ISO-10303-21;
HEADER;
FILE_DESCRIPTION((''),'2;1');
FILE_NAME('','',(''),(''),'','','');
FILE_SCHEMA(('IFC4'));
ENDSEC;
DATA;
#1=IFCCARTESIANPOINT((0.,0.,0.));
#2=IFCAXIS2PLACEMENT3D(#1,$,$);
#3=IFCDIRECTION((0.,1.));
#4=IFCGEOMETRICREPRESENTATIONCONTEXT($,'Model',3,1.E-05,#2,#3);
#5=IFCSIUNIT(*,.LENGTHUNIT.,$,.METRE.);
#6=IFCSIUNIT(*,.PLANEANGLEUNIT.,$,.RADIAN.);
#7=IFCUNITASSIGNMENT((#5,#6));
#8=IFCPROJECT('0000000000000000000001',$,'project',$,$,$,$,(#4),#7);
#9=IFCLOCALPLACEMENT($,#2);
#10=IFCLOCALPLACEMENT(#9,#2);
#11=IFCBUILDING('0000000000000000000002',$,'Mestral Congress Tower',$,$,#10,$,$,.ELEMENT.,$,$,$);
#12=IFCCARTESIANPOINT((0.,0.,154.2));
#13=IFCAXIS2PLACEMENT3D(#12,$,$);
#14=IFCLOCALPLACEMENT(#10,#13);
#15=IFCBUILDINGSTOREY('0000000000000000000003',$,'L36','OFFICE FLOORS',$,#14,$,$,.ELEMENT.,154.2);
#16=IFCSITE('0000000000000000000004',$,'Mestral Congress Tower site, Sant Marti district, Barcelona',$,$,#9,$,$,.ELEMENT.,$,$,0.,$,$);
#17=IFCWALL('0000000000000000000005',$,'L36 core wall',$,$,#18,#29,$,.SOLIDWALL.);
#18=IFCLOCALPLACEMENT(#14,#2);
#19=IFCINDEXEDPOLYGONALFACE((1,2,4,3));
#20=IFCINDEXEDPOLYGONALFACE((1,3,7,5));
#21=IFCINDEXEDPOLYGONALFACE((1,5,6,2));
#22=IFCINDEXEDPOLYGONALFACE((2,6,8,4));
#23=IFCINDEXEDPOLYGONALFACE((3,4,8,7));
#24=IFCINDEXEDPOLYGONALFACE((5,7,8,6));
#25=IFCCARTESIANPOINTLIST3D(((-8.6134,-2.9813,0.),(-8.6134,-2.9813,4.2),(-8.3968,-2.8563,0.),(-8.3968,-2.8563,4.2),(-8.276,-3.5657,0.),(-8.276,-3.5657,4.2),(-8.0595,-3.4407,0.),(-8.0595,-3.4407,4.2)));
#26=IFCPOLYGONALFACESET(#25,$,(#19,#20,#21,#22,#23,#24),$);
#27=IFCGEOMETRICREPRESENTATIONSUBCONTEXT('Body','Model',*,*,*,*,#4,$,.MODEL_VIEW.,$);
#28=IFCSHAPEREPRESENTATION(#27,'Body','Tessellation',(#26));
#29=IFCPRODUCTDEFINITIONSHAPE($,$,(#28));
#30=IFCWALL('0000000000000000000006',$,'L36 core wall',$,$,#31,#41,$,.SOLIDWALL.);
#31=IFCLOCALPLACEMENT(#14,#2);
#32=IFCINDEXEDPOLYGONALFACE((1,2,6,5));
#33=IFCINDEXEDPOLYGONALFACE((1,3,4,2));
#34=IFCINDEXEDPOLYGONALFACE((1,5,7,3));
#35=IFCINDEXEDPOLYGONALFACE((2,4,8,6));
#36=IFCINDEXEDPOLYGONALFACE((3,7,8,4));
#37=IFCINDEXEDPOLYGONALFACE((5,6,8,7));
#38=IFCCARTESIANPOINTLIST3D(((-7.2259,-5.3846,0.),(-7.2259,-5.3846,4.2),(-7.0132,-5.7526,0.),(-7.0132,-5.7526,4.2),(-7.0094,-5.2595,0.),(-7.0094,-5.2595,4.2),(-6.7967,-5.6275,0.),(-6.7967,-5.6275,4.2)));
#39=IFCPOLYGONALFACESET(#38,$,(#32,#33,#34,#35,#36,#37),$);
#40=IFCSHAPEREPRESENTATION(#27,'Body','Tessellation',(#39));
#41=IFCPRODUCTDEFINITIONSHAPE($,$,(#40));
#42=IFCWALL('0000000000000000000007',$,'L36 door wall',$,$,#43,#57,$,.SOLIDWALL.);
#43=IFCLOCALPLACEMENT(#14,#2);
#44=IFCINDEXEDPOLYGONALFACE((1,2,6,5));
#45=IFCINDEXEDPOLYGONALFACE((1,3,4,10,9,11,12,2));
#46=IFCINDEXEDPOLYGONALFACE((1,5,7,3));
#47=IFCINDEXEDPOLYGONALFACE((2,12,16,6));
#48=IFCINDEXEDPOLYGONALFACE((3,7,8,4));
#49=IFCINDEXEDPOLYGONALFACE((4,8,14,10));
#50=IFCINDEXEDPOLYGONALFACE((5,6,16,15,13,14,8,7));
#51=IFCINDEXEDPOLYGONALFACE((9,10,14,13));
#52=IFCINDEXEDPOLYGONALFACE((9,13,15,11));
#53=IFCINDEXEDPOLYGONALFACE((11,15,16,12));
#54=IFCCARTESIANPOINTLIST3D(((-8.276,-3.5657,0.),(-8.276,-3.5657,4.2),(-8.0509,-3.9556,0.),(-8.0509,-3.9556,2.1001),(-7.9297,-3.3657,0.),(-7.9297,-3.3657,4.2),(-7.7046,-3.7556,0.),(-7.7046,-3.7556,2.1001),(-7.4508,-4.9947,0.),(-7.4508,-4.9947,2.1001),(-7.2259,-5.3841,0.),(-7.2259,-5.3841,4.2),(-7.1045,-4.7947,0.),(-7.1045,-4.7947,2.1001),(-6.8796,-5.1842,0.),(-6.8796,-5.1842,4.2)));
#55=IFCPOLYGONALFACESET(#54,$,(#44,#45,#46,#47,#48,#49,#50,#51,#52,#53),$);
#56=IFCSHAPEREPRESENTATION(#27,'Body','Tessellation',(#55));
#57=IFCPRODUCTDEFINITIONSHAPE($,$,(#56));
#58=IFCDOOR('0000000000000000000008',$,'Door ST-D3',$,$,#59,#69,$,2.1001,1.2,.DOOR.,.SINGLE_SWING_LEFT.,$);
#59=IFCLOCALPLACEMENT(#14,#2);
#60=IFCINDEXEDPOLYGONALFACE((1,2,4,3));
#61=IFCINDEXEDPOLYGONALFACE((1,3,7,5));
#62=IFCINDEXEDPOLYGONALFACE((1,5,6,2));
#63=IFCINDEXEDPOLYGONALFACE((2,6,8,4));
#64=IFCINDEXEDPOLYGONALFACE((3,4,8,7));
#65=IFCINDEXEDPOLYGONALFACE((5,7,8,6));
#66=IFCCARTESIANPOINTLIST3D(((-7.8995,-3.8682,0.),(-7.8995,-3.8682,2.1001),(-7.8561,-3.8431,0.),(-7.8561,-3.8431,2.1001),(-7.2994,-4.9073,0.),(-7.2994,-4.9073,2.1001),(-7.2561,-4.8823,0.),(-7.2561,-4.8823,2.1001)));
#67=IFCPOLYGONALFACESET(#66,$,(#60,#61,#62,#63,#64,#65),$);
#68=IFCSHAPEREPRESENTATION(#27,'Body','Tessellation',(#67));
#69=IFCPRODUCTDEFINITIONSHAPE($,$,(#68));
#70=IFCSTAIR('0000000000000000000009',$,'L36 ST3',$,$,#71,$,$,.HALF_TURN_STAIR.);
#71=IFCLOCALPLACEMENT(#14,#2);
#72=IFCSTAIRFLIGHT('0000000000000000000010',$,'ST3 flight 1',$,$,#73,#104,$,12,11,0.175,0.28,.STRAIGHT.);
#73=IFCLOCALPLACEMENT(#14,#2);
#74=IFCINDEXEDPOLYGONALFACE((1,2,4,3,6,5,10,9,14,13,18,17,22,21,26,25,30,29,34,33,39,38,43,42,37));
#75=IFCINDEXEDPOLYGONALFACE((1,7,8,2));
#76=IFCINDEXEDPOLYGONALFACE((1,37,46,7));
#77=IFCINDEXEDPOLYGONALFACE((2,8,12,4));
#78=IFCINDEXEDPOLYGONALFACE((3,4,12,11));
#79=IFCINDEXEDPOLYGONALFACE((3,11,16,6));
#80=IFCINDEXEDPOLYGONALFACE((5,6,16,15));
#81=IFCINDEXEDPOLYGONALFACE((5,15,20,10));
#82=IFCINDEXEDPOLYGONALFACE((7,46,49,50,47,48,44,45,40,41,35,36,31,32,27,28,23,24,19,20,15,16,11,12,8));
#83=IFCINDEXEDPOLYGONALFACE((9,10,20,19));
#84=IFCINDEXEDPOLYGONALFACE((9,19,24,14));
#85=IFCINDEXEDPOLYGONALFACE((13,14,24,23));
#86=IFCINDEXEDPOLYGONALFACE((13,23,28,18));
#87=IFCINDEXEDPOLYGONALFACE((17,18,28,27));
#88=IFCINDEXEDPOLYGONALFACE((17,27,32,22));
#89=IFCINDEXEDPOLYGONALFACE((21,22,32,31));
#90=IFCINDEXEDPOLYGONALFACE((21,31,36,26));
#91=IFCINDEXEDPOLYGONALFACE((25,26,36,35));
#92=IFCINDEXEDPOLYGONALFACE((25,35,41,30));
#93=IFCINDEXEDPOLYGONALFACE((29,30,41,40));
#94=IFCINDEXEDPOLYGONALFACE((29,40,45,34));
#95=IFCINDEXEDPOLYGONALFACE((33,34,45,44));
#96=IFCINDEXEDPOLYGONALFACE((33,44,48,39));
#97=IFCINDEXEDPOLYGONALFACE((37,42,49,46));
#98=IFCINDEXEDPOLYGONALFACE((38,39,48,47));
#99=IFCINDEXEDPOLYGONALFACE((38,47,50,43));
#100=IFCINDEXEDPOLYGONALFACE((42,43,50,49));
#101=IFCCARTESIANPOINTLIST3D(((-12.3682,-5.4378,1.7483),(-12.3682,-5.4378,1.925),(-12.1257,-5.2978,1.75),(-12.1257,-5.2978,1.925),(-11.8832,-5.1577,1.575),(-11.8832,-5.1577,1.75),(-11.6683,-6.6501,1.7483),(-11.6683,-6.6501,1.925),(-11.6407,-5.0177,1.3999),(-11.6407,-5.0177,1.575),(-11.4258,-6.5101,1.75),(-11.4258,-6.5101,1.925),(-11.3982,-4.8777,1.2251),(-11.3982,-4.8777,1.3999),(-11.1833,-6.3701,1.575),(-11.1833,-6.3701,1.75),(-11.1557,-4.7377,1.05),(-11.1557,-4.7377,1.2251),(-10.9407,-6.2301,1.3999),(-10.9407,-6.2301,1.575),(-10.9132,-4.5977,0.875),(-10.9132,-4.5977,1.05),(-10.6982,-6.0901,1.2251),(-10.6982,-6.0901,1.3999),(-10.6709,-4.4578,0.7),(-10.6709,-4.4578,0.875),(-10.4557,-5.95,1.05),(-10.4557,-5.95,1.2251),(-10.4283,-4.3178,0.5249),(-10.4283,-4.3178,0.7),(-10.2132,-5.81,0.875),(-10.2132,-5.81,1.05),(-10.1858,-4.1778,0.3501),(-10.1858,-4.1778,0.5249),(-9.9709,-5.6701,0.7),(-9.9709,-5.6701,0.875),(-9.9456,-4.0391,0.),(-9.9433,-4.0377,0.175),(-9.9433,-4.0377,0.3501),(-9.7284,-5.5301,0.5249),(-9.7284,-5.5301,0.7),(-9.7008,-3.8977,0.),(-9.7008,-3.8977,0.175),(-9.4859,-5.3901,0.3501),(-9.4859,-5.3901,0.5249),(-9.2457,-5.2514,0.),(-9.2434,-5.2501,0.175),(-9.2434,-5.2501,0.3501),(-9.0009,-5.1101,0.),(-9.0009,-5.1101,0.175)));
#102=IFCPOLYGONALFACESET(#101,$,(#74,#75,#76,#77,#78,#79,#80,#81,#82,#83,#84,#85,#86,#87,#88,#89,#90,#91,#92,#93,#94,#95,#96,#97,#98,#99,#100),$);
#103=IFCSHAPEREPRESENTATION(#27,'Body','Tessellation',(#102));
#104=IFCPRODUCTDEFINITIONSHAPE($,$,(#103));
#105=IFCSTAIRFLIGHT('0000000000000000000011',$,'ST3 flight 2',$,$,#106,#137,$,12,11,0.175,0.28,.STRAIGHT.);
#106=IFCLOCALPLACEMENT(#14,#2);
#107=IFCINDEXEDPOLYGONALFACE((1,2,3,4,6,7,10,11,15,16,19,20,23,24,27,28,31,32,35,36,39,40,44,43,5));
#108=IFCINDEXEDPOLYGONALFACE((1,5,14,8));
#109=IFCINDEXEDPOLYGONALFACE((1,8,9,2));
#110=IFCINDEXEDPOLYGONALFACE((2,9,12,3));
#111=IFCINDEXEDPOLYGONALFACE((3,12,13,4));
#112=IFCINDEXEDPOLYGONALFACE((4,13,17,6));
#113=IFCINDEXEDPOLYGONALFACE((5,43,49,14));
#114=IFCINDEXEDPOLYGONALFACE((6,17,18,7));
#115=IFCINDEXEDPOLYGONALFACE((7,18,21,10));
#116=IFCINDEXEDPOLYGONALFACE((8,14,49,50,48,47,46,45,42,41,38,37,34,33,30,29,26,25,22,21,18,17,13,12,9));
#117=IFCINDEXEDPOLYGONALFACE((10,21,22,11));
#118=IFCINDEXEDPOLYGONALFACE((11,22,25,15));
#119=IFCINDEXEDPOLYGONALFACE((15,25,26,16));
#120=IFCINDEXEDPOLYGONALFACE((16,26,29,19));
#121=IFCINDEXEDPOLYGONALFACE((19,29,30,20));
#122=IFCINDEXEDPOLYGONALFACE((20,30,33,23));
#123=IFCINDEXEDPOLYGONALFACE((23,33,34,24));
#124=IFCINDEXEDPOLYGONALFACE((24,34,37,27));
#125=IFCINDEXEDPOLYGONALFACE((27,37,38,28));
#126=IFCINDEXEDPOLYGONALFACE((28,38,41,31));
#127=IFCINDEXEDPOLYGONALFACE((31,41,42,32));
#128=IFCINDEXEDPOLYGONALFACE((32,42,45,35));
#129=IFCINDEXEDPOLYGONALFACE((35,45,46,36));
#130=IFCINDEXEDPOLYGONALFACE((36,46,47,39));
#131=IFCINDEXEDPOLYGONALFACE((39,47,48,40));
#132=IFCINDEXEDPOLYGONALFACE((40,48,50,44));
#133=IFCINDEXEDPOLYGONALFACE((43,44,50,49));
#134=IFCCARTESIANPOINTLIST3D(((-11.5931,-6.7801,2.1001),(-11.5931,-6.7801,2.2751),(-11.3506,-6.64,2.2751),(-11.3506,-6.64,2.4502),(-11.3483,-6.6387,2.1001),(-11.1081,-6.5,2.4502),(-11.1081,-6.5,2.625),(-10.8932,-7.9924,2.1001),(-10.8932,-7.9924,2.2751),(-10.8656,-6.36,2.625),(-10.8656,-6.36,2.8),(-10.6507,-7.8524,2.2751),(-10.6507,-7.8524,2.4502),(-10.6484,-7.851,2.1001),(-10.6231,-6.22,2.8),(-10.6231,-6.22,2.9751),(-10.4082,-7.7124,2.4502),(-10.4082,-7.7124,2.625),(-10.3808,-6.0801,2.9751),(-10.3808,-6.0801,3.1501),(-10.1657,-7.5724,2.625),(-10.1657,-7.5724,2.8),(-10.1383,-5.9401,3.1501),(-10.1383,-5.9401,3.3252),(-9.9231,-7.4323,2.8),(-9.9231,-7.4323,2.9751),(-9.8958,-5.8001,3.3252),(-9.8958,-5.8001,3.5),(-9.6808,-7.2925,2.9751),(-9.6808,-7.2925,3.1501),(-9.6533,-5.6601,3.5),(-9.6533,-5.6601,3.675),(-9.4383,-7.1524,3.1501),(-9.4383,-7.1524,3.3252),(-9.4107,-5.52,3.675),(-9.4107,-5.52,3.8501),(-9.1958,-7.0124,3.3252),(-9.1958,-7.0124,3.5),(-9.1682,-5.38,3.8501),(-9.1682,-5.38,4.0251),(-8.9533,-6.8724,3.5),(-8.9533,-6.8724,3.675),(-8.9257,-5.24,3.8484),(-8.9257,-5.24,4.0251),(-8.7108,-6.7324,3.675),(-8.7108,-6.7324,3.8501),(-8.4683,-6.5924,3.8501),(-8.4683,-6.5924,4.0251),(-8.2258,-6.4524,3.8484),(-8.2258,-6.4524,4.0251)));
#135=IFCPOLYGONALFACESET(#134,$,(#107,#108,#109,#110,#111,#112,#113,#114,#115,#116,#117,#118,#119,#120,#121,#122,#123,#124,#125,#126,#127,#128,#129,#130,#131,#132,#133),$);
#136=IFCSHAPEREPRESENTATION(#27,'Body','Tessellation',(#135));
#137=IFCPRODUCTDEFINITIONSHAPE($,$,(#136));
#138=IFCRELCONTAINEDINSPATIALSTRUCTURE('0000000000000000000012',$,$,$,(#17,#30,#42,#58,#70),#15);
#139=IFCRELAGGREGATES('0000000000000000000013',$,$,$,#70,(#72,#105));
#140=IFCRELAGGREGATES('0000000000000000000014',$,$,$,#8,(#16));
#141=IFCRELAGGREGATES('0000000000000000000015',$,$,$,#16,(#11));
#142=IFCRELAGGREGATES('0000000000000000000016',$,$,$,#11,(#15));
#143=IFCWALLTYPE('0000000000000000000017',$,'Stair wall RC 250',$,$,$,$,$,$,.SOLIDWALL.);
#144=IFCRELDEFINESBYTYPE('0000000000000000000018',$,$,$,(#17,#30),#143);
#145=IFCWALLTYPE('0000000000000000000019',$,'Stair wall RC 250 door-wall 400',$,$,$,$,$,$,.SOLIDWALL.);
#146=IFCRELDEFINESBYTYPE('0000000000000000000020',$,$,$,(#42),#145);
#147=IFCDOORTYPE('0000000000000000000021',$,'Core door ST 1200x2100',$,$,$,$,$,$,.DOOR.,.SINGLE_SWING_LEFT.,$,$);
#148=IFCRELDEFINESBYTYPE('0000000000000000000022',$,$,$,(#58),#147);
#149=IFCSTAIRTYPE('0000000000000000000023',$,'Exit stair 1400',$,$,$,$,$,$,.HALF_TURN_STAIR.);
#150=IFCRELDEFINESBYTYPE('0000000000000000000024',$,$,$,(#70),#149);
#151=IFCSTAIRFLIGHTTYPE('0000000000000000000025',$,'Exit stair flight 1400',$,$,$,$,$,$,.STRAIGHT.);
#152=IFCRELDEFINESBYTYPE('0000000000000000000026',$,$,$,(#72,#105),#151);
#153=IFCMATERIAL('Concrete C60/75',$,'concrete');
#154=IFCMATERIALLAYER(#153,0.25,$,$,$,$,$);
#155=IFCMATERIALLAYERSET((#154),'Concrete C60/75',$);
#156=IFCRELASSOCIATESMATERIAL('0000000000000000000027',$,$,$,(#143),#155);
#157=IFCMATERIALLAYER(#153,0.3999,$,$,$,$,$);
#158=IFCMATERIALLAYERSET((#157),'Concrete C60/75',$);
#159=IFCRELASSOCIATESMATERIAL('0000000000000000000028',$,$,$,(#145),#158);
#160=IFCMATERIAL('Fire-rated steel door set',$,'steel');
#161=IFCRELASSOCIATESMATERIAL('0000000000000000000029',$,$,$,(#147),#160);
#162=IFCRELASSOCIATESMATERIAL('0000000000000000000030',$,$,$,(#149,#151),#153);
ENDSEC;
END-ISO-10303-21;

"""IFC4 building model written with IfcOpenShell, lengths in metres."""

from ifc_helpers import new_model, si_unit, direction, frame, frame_2d, origin, place, context, subcontext, project, spatial, polyline, rectangle, outline, extrude, material, layer, layer_set, type_object, element, fill, aggregate, save


model = new_model("IFC4")

# Units and contexts
model_context = context("Model", 3, precision=1e-05, world=origin(), true_north=direction((0.0, 1.0)))
body_context = subcontext(model_context, "Body", "Model", "MODEL_VIEW")
ifc_project = project(units=[si_unit("LENGTHUNIT", "METRE"), si_unit("PLANEANGLEUNIT", "RADIAN")], contexts=[model_context])

# Site, building, storey
site_placement = place(None, origin())
site = spatial("IfcSite", under=ifc_project, at=site_placement, Name="Mestral Congress Tower site, Sant Marti district, Barcelona", CompositionType="ELEMENT", RefElevation=0.0)
building_placement = place(site_placement, origin())
building = spatial("IfcBuilding", under=site, at=building_placement, Name="Mestral Congress Tower", CompositionType="ELEMENT")
storey_placement = place(building_placement, frame((0.0, 0.0, 154.2)))
storey = spatial("IfcBuildingStorey", under=building, at=storey_placement, Name="L36", Description="OFFICE FLOORS", CompositionType="ELEMENT", Elevation=154.2)

# Shared definitions
ifc_material_1 = material(Name="Fire-rated steel door set", Category="steel")

# Shared definitions
ifc_material_2 = material(Name="Concrete C60/75", Category="concrete")

# Walls
ifc_layer_1 = layer(ifc_material_2, 0.25)
ifc_layer_set_1 = layer_set([ifc_layer_1], Name="Concrete C60/75")
wall_type_1 = type_object("IfcWallType", Name="Stair wall RC 250", PredefinedType="SOLIDWALL", material=ifc_layer_set_1)
wall_1_placement = place(storey_placement, frame((-8.1677, -3.5032, 0.0), z_axis=(0.0, 0.0, 1.0), x_axis=(-0.499952, 0.866053, 0.0)))
element("IfcWall", 1, at=wall_1_placement, inside=storey, type_object=wall_type_1, Name="L36 core wall", PredefinedType="SOLIDWALL", context=body_context, shape_type="SweptSolid", body=[
    extrude(rectangle(XDim=0.6748, YDim=0.25, at=frame_2d((0.3374, 0.0))), origin(), (0.0, 0.0, 1.0), 4.2),
])
wall_2_placement = place(storey_placement, frame((-6.905, -5.6899, 0.0), z_axis=(0.0, 0.0, 1.0), x_axis=(-0.500402, 0.865793, 0.0)))
element("IfcWall", 2, at=wall_2_placement, inside=storey, type_object=wall_type_1, Name="L36 core wall", PredefinedType="SOLIDWALL", context=body_context, shape_type="SweptSolid", body=[
    extrude(rectangle(XDim=0.425, YDim=0.25, at=frame_2d((0.2124, 0.0))), origin(), (0.0, 0.0, 1.0), 4.2),
])

# Wall, opening, door
ifc_layer_2 = layer(ifc_material_2, 0.3999)
ifc_layer_set_2 = layer_set([ifc_layer_2], Name="Concrete C60/75")
wall_type_2 = type_object("IfcWallType", Name="Stair wall RC 250 door-wall 400", PredefinedType="SOLIDWALL", material=ifc_layer_set_2)
wall_3_placement = place(storey_placement, frame((-8.1028, -3.4658, 0.0), z_axis=(0.0, 0.0, 1.0), x_axis=(0.500078, -0.86598, 0.0)))
wall_3 = element("IfcWall", 3, at=wall_3_placement, inside=storey, type_object=wall_type_2, Name="L36 door wall", PredefinedType="SOLIDWALL", context=body_context, shape_type="SweptSolid", body=[
    extrude(rectangle(XDim=2.0999, YDim=0.3999, at=frame_2d((1.0498, 0.0))), origin(), (0.0, 0.0, 1.0), 4.2),
])
opening_1_placement = place(wall_3_placement, frame((0.45, 0.0, 0.0)))
opening_1 = element("IfcOpeningElement", 4, at=opening_1_placement, cuts=wall_3, PredefinedType="OPENING", context=body_context, shape_type="SweptSolid", body=[
    extrude(rectangle(XDim=1.2, YDim=2.1001, at=frame_2d((0.6001, 1.05))), frame((0.0, 0.21, 0.0), z_axis=(0.0, -1.0, 0.0), x_axis=(1.0, 0.0, 0.0)), (0.0, 0.0, 1.0), 0.4199),
])
door_type_1 = type_object("IfcDoorType", Name="Core door ST 1200x2100", OperationType="SINGLE_SWING_LEFT", PredefinedType="DOOR", material=ifc_material_1)
door_1_placement = place(opening_1_placement, origin())
door_1 = element("IfcDoor", 5, at=door_1_placement, inside=storey, type_object=door_type_1, Name="Door ST-D3", OperationType="SINGLE_SWING_LEFT", OverallHeight=2.1001, OverallWidth=1.2, PredefinedType="DOOR", context=body_context, shape_type="SweptSolid", body=[
    extrude(rectangle(XDim=1.2, YDim=2.1001, at=frame_2d((0.6001, 1.05))), frame((0.0, 0.0249, 0.0), z_axis=(0.0, -1.0, 0.0), x_axis=(1.0, 0.0, 0.0)), (0.0, 0.0, 1.0), 0.05),
])
fill(opening_1, door_1)

# Stair, stair flights
stair_type = type_object("IfcStairType", Name="Exit stair 1400", PredefinedType="HALF_TURN_STAIR", material=ifc_material_2)
stair_placement = place(storey_placement, origin())
stair = element("IfcStair", 6, at=stair_placement, inside=storey, type_object=stair_type, Name="L36 ST3", PredefinedType="HALF_TURN_STAIR")
stair_flight_type = type_object("IfcStairFlightType", Name="Exit stair flight 1400", PredefinedType="STRAIGHT", material=ifc_material_2)
stair_flight_1_placement = place(storey_placement, frame((-9.3508, -4.5039, 0.0), z_axis=(0.0, 0.0, 1.0), x_axis=(-0.866025, -0.5, 0.0)))
stair_flight_1 = element("IfcStairFlight", 7, at=stair_flight_1_placement, type_object=stair_flight_type, Name="ST3 flight 1", NumberOfRisers=12, NumberOfTreads=11, PredefinedType="STRAIGHT", RiserHeight=0.175, TreadLength=0.28, context=body_context, shape_type="SweptSolid", body=[
    extrude(outline(polyline([(0.0, 0.0), (0.0, 0.175), (0.28, 0.175), (0.28, 0.3501), (0.5601, 0.3501), (0.5601, 0.5249), (0.8401, 0.5249), (0.8401, 0.7), (1.1201, 0.7), (1.1201, 0.875), (1.3999, 0.875), (1.3999, 1.05), (1.6799, 1.05), (1.6799, 1.2251), (1.96, 1.2251), (1.96, 1.3999), (2.24, 1.3999), (2.24, 1.575), (2.52, 1.575), (2.52, 1.75), (2.8, 1.75), (2.8, 1.925), (3.0801, 1.925), (3.0801, 2.1001), (3.0801, 1.7483), (0.2827, 0.0), (0.0, 0.0)])), frame((0.0, 0.7, 0.0), z_axis=(0.0, -1.0, 0.0), x_axis=(1.0, 0.0, 0.0)), (0.0, 0.0, 1.0), 1.3999),
])
stair_flight_2_placement = place(storey_placement, frame((-11.2432, -7.3862, 2.1001), z_axis=(0.0, 0.0, 1.0), x_axis=(0.866025, 0.5, 0.0)))
stair_flight_2 = element("IfcStairFlight", 8, at=stair_flight_2_placement, type_object=stair_flight_type, Name="ST3 flight 2", NumberOfRisers=12, NumberOfTreads=11, PredefinedType="STRAIGHT", RiserHeight=0.175, TreadLength=0.28, context=body_context, shape_type="SweptSolid", body=[
    extrude(outline(polyline([(0.0, 0.0), (0.0, 0.175), (0.28, 0.175), (0.28, 0.3501), (0.5601, 0.3501), (0.5601, 0.5249), (0.8401, 0.5249), (0.8401, 0.7), (1.1201, 0.7), (1.1201, 0.875), (1.3999, 0.875), (1.3999, 1.05), (1.6799, 1.05), (1.6799, 1.2251), (1.96, 1.2251), (1.96, 1.3999), (2.24, 1.3999), (2.24, 1.575), (2.52, 1.575), (2.52, 1.75), (2.8, 1.75), (2.8, 1.925), (3.0801, 1.925), (3.0801, 2.1001), (3.0801, 1.7483), (0.2827, 0.0), (0.0, 0.0)])), frame((0.0, 0.7, 0.0), z_axis=(0.0, -1.0, 0.0), x_axis=(1.0, 0.0, 0.0)), (0.0, 0.0, 1.0), 1.3999),
])
aggregate(stair, [stair_flight_1, stair_flight_2])

save(model, "model.ifc")
